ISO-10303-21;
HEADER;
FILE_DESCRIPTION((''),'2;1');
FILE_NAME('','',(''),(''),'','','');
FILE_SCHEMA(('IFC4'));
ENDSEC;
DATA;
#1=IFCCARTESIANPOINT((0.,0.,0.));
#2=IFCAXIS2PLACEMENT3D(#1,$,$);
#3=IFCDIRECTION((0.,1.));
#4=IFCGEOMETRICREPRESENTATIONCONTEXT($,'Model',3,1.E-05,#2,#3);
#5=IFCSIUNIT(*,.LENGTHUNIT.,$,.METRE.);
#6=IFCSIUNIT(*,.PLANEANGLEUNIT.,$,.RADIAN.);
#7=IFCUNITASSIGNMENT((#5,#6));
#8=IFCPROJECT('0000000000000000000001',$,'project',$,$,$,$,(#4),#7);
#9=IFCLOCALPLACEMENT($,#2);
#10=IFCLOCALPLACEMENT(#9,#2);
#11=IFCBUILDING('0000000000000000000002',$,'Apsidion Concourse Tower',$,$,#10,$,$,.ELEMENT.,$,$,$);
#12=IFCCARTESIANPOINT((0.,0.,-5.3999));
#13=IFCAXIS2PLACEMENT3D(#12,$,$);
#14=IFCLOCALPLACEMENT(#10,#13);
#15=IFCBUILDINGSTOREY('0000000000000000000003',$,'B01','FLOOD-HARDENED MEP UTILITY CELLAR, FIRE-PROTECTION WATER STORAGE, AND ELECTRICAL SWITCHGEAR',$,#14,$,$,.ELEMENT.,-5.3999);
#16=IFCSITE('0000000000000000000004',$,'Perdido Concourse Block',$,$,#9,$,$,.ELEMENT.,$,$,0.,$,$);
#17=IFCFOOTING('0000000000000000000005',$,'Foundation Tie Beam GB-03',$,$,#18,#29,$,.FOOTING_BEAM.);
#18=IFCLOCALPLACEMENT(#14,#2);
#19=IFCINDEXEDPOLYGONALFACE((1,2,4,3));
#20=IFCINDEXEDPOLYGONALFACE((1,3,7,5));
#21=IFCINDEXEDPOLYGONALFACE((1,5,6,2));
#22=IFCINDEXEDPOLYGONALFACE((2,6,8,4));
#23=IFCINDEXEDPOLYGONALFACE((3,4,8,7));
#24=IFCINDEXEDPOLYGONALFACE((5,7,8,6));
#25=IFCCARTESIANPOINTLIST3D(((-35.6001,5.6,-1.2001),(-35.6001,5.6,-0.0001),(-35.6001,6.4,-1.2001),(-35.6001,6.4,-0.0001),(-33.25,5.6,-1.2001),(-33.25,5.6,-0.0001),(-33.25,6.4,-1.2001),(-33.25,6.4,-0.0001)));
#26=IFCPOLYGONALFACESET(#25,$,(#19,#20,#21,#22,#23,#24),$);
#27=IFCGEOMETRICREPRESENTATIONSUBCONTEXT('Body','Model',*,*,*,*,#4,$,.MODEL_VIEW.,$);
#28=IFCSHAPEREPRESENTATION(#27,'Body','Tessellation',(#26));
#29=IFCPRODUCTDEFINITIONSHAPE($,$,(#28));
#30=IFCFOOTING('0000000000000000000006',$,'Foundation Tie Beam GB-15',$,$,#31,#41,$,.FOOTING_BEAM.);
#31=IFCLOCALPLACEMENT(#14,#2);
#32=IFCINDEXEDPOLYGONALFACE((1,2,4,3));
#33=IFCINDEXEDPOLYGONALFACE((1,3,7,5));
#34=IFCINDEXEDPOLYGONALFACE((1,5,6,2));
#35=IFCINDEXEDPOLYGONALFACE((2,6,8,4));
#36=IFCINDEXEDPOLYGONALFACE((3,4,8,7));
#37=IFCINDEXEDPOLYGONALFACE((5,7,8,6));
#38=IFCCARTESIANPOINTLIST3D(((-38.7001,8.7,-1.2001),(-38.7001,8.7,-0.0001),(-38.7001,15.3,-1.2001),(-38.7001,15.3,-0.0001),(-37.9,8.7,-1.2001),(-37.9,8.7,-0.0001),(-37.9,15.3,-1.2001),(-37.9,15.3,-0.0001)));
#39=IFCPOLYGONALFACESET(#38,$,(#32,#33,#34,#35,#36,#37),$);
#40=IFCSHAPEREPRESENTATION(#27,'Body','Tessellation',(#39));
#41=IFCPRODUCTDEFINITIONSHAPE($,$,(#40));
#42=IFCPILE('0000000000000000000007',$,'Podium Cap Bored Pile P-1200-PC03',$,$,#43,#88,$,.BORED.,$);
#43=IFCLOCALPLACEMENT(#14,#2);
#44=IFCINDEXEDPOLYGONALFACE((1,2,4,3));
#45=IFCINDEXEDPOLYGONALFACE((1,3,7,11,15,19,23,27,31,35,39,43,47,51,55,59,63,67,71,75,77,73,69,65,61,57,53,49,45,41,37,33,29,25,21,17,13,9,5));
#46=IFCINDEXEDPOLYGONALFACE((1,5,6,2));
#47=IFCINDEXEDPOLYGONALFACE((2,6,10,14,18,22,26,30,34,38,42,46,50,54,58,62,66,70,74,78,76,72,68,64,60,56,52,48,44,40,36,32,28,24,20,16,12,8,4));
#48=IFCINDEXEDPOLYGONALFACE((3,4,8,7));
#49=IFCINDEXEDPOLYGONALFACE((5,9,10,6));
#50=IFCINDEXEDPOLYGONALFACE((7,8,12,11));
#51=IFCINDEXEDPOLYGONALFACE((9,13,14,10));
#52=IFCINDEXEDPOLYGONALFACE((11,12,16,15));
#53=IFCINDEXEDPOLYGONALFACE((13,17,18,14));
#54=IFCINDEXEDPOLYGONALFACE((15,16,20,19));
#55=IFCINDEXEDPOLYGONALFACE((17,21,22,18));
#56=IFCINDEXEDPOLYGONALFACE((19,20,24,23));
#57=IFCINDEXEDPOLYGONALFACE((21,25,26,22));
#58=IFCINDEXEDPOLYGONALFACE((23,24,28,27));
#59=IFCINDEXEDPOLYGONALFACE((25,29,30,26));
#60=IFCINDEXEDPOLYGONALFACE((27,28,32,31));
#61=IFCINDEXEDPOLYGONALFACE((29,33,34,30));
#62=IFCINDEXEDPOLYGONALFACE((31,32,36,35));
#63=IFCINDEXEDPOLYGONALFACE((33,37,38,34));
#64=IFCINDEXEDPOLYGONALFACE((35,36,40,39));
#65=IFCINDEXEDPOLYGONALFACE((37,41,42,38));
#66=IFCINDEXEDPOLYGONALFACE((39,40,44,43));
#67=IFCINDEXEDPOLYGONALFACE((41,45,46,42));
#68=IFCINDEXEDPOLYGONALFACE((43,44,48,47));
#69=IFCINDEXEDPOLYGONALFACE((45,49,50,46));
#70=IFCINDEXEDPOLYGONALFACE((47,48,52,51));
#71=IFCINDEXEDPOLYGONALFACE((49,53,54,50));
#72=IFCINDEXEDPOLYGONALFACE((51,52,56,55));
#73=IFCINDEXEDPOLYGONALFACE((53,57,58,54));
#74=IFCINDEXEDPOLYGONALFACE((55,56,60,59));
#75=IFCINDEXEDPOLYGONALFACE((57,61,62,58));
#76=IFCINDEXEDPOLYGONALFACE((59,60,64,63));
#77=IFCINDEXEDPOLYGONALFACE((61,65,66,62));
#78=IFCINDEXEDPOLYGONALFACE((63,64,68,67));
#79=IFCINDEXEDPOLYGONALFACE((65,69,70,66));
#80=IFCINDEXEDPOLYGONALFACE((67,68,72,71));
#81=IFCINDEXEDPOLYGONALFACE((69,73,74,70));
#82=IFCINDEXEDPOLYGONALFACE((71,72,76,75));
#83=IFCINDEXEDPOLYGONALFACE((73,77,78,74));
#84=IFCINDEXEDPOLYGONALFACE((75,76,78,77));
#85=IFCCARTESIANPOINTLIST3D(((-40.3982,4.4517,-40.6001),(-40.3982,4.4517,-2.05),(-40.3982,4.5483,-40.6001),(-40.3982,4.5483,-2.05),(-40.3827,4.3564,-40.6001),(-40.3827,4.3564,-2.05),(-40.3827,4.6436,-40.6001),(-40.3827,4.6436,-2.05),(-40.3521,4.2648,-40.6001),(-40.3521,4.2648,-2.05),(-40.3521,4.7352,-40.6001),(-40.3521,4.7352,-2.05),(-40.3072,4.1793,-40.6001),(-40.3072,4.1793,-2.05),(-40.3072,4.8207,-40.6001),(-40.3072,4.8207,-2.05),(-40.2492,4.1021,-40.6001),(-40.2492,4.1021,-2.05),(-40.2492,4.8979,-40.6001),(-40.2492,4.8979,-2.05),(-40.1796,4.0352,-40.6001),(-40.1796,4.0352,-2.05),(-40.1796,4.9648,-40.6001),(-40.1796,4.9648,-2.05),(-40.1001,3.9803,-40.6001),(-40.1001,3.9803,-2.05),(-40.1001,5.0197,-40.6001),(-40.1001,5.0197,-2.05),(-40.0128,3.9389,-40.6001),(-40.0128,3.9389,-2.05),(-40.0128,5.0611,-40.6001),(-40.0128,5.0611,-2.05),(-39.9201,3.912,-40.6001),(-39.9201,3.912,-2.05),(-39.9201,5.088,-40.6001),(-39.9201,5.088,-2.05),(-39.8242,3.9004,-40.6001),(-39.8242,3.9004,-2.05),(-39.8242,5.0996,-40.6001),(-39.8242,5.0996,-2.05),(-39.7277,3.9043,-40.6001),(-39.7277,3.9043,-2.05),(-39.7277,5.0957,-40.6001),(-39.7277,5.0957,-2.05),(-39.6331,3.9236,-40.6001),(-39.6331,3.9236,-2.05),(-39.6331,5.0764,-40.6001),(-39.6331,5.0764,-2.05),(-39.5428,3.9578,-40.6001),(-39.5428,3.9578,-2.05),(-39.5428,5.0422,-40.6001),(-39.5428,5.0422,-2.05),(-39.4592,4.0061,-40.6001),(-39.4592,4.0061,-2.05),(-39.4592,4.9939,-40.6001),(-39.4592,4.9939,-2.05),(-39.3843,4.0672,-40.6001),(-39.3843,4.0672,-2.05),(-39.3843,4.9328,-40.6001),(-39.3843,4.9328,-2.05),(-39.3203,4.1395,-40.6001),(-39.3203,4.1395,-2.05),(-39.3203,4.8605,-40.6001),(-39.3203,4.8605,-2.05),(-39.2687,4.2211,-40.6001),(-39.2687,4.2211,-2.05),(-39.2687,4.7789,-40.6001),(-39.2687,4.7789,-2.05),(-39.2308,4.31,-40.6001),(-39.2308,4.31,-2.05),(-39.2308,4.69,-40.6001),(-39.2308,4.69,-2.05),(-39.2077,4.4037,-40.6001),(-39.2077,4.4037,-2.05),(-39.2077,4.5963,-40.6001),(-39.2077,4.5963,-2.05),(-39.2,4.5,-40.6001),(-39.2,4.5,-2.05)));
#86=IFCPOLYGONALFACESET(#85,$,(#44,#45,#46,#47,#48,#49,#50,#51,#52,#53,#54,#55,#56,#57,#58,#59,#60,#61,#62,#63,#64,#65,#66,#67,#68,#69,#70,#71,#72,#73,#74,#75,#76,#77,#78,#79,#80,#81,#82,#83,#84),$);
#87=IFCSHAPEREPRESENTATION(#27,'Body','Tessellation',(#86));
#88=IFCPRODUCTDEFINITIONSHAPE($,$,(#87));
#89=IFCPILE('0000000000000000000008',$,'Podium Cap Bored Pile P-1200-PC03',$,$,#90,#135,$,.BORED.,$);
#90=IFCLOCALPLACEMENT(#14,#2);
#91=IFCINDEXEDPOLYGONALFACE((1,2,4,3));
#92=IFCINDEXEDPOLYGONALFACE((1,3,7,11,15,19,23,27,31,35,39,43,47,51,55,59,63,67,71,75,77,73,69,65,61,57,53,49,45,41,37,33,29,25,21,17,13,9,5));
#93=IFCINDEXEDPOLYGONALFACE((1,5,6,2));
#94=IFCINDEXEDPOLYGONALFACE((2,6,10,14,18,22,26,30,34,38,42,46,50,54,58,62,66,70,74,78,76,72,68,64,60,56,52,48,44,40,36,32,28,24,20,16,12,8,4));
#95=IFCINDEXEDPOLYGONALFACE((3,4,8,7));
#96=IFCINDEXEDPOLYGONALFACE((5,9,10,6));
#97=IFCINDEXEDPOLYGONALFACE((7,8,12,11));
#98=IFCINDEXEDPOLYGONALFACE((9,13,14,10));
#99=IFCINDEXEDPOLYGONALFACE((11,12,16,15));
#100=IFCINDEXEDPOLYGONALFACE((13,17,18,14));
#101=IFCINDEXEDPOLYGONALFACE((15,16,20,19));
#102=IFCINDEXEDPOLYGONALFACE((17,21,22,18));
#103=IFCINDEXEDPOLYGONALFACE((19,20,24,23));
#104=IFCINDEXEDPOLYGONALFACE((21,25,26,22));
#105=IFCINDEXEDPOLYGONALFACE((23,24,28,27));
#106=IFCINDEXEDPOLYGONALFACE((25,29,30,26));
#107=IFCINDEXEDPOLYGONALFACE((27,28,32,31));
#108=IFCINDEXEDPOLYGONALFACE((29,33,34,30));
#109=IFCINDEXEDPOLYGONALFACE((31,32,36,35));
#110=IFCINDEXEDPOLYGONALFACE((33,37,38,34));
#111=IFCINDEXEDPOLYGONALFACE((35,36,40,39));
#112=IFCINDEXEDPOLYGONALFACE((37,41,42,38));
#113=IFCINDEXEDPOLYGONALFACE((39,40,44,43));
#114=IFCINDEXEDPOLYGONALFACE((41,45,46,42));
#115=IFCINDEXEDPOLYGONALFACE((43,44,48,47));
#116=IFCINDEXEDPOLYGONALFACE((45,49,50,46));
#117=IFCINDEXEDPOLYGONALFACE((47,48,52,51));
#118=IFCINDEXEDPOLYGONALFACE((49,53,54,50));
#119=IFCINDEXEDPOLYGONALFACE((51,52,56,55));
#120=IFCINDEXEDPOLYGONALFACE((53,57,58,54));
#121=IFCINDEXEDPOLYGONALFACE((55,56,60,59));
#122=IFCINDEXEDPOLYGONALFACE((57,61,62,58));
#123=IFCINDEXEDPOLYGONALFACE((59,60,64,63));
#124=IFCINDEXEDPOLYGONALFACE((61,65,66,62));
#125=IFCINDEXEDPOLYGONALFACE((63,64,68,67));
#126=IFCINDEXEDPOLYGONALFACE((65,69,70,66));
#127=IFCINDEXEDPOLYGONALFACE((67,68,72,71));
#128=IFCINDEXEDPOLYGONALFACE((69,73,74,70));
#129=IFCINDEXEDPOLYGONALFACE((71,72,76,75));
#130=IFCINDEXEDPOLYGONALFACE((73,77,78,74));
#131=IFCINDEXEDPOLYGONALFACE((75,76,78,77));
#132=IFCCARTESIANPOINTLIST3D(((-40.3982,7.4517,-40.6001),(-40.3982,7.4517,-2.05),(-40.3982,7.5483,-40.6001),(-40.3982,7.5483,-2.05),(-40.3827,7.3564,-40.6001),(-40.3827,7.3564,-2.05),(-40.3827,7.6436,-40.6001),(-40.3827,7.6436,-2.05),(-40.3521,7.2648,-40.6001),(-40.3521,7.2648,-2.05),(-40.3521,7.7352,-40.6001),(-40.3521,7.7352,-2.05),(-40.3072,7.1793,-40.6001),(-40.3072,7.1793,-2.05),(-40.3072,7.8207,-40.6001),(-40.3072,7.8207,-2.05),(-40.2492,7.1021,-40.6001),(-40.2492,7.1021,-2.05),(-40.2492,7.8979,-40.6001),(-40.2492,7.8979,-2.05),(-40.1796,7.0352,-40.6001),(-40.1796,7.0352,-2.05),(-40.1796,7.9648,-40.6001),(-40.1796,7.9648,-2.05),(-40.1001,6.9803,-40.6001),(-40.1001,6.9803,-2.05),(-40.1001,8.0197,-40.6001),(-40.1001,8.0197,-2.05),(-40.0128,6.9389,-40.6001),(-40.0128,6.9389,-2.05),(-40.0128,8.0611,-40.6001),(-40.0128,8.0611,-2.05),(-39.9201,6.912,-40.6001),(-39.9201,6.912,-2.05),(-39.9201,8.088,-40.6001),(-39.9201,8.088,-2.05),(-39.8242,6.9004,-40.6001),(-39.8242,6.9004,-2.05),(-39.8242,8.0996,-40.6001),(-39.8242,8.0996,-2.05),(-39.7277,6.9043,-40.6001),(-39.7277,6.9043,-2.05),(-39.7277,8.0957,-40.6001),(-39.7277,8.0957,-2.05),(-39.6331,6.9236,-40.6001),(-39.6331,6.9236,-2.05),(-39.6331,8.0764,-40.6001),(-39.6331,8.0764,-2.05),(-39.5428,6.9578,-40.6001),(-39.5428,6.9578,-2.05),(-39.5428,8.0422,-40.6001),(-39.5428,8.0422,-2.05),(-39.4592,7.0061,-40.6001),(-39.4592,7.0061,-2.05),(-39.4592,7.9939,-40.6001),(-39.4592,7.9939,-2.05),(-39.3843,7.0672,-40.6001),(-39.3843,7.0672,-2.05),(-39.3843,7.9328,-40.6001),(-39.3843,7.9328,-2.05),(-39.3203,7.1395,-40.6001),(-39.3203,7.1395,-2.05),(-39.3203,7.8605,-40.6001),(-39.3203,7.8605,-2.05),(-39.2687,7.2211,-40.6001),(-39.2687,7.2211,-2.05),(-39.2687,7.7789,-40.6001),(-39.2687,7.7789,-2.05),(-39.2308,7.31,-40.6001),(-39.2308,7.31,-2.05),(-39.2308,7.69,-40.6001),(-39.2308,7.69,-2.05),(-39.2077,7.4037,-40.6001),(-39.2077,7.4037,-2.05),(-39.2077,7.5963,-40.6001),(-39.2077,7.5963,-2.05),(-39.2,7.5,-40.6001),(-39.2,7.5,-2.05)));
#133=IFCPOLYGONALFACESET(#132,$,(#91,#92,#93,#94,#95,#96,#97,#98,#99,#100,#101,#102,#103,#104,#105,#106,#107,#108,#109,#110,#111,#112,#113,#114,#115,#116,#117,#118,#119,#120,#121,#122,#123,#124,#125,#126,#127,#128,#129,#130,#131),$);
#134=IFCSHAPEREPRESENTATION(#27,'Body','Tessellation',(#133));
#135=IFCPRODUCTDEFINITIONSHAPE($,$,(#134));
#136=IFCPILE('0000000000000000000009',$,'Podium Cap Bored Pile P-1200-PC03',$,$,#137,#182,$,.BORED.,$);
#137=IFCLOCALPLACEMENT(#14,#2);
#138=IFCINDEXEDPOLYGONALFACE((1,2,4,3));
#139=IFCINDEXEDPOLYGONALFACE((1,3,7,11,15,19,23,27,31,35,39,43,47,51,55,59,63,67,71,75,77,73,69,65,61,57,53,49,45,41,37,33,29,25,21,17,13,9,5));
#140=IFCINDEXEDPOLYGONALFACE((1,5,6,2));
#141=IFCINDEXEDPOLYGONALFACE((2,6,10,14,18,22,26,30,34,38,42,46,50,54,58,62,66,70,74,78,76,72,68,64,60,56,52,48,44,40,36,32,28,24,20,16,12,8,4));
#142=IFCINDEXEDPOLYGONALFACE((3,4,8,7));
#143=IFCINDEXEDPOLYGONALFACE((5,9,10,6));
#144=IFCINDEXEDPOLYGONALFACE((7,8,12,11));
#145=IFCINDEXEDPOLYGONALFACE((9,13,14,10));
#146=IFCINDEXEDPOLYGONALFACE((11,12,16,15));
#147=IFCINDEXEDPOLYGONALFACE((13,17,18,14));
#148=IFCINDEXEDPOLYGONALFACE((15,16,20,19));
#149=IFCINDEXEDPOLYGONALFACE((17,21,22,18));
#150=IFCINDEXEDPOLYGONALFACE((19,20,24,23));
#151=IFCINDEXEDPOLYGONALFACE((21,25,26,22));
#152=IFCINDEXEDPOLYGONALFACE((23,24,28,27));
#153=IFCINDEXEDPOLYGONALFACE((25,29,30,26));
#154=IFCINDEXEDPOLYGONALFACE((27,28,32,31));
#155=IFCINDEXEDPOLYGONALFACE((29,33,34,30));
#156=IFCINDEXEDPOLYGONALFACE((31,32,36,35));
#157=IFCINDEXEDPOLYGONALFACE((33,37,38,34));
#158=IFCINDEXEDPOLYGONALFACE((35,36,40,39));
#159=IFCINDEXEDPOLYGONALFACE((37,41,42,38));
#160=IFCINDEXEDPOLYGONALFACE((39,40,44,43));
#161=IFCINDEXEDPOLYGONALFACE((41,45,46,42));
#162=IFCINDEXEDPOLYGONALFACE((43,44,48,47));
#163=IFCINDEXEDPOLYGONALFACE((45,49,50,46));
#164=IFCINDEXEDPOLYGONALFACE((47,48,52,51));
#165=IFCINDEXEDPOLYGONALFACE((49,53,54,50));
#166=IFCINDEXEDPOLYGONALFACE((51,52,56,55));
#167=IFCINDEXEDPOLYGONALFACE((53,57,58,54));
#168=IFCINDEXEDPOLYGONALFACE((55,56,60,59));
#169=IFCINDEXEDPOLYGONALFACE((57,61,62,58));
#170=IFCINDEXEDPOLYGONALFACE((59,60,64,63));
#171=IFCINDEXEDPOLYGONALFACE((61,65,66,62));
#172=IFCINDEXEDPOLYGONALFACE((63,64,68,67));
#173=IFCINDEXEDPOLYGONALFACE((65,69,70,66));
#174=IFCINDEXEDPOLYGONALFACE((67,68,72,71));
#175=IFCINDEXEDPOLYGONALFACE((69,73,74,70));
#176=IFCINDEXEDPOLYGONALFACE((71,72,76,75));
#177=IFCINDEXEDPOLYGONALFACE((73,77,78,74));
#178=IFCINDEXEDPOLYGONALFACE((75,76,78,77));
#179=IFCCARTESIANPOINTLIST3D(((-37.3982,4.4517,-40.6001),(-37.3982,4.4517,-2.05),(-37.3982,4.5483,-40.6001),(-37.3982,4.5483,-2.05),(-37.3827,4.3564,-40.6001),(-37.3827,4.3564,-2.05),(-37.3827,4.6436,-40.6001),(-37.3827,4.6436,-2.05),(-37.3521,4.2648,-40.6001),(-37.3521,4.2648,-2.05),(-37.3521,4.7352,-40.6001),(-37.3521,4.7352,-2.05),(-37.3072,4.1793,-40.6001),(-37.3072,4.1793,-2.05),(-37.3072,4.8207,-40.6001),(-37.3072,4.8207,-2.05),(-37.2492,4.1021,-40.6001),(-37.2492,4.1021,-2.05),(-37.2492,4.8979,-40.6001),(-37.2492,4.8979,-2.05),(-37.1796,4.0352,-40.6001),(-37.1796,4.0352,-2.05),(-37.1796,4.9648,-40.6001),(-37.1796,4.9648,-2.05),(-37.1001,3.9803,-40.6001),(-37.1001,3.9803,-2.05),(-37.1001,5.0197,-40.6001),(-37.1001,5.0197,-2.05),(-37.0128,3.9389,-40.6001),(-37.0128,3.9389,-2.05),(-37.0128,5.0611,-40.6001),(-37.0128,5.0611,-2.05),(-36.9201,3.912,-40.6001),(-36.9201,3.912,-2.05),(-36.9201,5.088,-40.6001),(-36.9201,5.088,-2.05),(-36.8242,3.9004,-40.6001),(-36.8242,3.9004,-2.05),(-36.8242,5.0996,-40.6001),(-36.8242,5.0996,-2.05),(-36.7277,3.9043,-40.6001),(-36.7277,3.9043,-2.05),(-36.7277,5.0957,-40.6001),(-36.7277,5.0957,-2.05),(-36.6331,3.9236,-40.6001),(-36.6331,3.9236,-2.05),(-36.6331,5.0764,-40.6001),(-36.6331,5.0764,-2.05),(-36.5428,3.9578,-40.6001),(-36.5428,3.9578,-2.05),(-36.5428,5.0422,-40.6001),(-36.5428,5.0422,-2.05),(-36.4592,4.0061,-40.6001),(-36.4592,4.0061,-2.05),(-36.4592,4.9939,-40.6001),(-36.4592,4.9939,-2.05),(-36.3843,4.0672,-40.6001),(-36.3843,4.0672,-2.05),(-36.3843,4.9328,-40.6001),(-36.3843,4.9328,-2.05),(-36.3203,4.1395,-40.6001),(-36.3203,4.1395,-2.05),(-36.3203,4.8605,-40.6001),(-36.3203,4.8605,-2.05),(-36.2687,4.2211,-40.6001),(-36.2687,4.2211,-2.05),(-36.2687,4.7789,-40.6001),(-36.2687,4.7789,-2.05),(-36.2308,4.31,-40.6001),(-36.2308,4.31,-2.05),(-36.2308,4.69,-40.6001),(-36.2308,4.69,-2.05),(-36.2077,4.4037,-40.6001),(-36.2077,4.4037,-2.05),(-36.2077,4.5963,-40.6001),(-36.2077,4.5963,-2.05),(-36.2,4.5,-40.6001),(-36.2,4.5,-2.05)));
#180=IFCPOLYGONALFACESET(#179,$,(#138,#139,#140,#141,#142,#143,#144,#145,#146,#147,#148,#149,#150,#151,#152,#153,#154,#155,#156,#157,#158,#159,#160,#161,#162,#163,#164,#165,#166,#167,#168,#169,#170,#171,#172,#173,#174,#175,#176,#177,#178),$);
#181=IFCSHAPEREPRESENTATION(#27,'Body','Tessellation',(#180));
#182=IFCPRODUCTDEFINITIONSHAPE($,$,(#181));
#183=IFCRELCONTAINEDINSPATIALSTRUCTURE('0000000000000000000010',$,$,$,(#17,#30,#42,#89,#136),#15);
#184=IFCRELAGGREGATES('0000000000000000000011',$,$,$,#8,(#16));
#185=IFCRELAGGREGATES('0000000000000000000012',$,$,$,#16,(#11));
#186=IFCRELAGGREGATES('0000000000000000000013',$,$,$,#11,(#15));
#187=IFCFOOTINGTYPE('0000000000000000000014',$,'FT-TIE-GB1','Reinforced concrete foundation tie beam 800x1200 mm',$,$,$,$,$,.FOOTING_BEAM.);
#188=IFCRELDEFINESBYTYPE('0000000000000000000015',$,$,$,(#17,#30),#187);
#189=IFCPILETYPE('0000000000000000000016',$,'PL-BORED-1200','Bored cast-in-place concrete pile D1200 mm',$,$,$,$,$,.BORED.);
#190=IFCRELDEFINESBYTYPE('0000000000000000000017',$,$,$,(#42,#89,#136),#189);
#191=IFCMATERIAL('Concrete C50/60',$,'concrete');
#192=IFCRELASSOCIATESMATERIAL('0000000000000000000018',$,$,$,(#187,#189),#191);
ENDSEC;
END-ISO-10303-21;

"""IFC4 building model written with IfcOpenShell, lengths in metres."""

from ifc_helpers import new_model, si_unit, direction, frame, origin, origin_2d, place, context, subcontext, project, spatial, rectangle, circle, extrude, material, material_profile, profile_set, type_object, element, save


model = new_model("IFC4")

# Units and contexts
model_context = context("Model", 3, precision=1e-05, world=origin(), true_north=direction((0.0, 1.0)))
body_context = subcontext(model_context, "Body", "Model", "MODEL_VIEW")
ifc_project = project(units=[si_unit("LENGTHUNIT", "METRE"), si_unit("PLANEANGLEUNIT", "RADIAN")], contexts=[model_context])

# Site, building, storey
site_placement = place(None, origin())
site = spatial("IfcSite", under=ifc_project, at=site_placement, Name="Perdido Concourse Block", CompositionType="ELEMENT", RefElevation=0.0)
building_placement = place(site_placement, origin())
building = spatial("IfcBuilding", under=site, at=building_placement, Name="Apsidion Concourse Tower", CompositionType="ELEMENT")
storey_placement = place(building_placement, frame((0.0, 0.0, -5.3999)))
storey = spatial("IfcBuildingStorey", under=building, at=storey_placement, Name="B01", Description="FLOOD-HARDENED MEP UTILITY CELLAR, FIRE-PROTECTION WATER STORAGE, AND ELECTRICAL SWITCHGEAR", CompositionType="ELEMENT", Elevation=-5.3999)

# Footings
ifc_material_1 = material(Name="Concrete C50/60", Category="concrete")
ifc_material_profile_1 = material_profile(ifc_material_1, rectangle(XDim=0.8, YDim=1.2, at=origin_2d()), Name="RC 800x1200")
ifc_profile_set_1 = profile_set([ifc_material_profile_1], Name="Concrete C50/60")
footing_type = type_object("IfcFootingType", Name="FT-TIE-GB1", Description="Reinforced concrete foundation tie beam 800x1200 mm", PredefinedType="FOOTING_BEAM", material=ifc_profile_set_1)
footing_1_placement = place(storey_placement, frame((-35.6001, 6.0, -0.6001), z_axis=(1.0, 0.0, 0.0), x_axis=(0.0, 1.0, 0.0)))
element("IfcFooting", 1, at=footing_1_placement, inside=storey, type_object=footing_type, Name="Foundation Tie Beam GB-03", PredefinedType="FOOTING_BEAM", context=body_context, shape_type="SweptSolid", body=[
    extrude(rectangle(XDim=0.8, YDim=1.2, at=origin_2d()), origin(), (0.0, 0.0, 1.0), 2.3501),
])
footing_2_placement = place(storey_placement, frame((-38.3, 8.7, -0.6001), z_axis=(0.0, 1.0, 0.0), x_axis=(-1.0, 0.0, 0.0)))
element("IfcFooting", 2, at=footing_2_placement, inside=storey, type_object=footing_type, Name="Foundation Tie Beam GB-15", PredefinedType="FOOTING_BEAM", context=body_context, shape_type="SweptSolid", body=[
    extrude(rectangle(XDim=0.8, YDim=1.2, at=origin_2d()), origin(), (0.0, 0.0, 1.0), 6.6001),
])

# Piles
ifc_material_profile_2 = material_profile(ifc_material_1, circle(Radius=0.6001, at=origin_2d()), Name="BORED PILE D1200")
ifc_profile_set_2 = profile_set([ifc_material_profile_2], Name="Concrete C50/60")
pile_type_1 = type_object("IfcPileType", Name="PL-BORED-1200", Description="Bored cast-in-place concrete pile D1200 mm", PredefinedType="BORED", material=ifc_profile_set_2)
for number, where, z_axis, x_axis, name in (
    (3, (-39.8, 4.5, -2.05), (0.0, 0.0, -1.0), (1.0, 0.0, 0.0), "Podium Cap Bored Pile P-1200-PC03"),
    (4, (-39.8, 7.5, -2.05), (0.0, 0.0, -1.0), (1.0, 0.0, 0.0), "Podium Cap Bored Pile P-1200-PC03"),
    (5, (-36.8, 4.5, -2.05), (0.0, 0.0, -1.0), (1.0, 0.0, 0.0), "Podium Cap Bored Pile P-1200-PC03"),
):
    element("IfcPile", number, at=place(storey_placement, frame(where, z_axis=z_axis, x_axis=x_axis)), inside=storey, type_object=pile_type_1, Name=name, PredefinedType="BORED", context=body_context, shape_type="SweptSolid", body=[
        extrude(circle(Radius=0.6001, at=origin_2d()), origin(), (0.0, 0.0, 1.0), 38.55),
    ])

save(model, "model.ifc")
